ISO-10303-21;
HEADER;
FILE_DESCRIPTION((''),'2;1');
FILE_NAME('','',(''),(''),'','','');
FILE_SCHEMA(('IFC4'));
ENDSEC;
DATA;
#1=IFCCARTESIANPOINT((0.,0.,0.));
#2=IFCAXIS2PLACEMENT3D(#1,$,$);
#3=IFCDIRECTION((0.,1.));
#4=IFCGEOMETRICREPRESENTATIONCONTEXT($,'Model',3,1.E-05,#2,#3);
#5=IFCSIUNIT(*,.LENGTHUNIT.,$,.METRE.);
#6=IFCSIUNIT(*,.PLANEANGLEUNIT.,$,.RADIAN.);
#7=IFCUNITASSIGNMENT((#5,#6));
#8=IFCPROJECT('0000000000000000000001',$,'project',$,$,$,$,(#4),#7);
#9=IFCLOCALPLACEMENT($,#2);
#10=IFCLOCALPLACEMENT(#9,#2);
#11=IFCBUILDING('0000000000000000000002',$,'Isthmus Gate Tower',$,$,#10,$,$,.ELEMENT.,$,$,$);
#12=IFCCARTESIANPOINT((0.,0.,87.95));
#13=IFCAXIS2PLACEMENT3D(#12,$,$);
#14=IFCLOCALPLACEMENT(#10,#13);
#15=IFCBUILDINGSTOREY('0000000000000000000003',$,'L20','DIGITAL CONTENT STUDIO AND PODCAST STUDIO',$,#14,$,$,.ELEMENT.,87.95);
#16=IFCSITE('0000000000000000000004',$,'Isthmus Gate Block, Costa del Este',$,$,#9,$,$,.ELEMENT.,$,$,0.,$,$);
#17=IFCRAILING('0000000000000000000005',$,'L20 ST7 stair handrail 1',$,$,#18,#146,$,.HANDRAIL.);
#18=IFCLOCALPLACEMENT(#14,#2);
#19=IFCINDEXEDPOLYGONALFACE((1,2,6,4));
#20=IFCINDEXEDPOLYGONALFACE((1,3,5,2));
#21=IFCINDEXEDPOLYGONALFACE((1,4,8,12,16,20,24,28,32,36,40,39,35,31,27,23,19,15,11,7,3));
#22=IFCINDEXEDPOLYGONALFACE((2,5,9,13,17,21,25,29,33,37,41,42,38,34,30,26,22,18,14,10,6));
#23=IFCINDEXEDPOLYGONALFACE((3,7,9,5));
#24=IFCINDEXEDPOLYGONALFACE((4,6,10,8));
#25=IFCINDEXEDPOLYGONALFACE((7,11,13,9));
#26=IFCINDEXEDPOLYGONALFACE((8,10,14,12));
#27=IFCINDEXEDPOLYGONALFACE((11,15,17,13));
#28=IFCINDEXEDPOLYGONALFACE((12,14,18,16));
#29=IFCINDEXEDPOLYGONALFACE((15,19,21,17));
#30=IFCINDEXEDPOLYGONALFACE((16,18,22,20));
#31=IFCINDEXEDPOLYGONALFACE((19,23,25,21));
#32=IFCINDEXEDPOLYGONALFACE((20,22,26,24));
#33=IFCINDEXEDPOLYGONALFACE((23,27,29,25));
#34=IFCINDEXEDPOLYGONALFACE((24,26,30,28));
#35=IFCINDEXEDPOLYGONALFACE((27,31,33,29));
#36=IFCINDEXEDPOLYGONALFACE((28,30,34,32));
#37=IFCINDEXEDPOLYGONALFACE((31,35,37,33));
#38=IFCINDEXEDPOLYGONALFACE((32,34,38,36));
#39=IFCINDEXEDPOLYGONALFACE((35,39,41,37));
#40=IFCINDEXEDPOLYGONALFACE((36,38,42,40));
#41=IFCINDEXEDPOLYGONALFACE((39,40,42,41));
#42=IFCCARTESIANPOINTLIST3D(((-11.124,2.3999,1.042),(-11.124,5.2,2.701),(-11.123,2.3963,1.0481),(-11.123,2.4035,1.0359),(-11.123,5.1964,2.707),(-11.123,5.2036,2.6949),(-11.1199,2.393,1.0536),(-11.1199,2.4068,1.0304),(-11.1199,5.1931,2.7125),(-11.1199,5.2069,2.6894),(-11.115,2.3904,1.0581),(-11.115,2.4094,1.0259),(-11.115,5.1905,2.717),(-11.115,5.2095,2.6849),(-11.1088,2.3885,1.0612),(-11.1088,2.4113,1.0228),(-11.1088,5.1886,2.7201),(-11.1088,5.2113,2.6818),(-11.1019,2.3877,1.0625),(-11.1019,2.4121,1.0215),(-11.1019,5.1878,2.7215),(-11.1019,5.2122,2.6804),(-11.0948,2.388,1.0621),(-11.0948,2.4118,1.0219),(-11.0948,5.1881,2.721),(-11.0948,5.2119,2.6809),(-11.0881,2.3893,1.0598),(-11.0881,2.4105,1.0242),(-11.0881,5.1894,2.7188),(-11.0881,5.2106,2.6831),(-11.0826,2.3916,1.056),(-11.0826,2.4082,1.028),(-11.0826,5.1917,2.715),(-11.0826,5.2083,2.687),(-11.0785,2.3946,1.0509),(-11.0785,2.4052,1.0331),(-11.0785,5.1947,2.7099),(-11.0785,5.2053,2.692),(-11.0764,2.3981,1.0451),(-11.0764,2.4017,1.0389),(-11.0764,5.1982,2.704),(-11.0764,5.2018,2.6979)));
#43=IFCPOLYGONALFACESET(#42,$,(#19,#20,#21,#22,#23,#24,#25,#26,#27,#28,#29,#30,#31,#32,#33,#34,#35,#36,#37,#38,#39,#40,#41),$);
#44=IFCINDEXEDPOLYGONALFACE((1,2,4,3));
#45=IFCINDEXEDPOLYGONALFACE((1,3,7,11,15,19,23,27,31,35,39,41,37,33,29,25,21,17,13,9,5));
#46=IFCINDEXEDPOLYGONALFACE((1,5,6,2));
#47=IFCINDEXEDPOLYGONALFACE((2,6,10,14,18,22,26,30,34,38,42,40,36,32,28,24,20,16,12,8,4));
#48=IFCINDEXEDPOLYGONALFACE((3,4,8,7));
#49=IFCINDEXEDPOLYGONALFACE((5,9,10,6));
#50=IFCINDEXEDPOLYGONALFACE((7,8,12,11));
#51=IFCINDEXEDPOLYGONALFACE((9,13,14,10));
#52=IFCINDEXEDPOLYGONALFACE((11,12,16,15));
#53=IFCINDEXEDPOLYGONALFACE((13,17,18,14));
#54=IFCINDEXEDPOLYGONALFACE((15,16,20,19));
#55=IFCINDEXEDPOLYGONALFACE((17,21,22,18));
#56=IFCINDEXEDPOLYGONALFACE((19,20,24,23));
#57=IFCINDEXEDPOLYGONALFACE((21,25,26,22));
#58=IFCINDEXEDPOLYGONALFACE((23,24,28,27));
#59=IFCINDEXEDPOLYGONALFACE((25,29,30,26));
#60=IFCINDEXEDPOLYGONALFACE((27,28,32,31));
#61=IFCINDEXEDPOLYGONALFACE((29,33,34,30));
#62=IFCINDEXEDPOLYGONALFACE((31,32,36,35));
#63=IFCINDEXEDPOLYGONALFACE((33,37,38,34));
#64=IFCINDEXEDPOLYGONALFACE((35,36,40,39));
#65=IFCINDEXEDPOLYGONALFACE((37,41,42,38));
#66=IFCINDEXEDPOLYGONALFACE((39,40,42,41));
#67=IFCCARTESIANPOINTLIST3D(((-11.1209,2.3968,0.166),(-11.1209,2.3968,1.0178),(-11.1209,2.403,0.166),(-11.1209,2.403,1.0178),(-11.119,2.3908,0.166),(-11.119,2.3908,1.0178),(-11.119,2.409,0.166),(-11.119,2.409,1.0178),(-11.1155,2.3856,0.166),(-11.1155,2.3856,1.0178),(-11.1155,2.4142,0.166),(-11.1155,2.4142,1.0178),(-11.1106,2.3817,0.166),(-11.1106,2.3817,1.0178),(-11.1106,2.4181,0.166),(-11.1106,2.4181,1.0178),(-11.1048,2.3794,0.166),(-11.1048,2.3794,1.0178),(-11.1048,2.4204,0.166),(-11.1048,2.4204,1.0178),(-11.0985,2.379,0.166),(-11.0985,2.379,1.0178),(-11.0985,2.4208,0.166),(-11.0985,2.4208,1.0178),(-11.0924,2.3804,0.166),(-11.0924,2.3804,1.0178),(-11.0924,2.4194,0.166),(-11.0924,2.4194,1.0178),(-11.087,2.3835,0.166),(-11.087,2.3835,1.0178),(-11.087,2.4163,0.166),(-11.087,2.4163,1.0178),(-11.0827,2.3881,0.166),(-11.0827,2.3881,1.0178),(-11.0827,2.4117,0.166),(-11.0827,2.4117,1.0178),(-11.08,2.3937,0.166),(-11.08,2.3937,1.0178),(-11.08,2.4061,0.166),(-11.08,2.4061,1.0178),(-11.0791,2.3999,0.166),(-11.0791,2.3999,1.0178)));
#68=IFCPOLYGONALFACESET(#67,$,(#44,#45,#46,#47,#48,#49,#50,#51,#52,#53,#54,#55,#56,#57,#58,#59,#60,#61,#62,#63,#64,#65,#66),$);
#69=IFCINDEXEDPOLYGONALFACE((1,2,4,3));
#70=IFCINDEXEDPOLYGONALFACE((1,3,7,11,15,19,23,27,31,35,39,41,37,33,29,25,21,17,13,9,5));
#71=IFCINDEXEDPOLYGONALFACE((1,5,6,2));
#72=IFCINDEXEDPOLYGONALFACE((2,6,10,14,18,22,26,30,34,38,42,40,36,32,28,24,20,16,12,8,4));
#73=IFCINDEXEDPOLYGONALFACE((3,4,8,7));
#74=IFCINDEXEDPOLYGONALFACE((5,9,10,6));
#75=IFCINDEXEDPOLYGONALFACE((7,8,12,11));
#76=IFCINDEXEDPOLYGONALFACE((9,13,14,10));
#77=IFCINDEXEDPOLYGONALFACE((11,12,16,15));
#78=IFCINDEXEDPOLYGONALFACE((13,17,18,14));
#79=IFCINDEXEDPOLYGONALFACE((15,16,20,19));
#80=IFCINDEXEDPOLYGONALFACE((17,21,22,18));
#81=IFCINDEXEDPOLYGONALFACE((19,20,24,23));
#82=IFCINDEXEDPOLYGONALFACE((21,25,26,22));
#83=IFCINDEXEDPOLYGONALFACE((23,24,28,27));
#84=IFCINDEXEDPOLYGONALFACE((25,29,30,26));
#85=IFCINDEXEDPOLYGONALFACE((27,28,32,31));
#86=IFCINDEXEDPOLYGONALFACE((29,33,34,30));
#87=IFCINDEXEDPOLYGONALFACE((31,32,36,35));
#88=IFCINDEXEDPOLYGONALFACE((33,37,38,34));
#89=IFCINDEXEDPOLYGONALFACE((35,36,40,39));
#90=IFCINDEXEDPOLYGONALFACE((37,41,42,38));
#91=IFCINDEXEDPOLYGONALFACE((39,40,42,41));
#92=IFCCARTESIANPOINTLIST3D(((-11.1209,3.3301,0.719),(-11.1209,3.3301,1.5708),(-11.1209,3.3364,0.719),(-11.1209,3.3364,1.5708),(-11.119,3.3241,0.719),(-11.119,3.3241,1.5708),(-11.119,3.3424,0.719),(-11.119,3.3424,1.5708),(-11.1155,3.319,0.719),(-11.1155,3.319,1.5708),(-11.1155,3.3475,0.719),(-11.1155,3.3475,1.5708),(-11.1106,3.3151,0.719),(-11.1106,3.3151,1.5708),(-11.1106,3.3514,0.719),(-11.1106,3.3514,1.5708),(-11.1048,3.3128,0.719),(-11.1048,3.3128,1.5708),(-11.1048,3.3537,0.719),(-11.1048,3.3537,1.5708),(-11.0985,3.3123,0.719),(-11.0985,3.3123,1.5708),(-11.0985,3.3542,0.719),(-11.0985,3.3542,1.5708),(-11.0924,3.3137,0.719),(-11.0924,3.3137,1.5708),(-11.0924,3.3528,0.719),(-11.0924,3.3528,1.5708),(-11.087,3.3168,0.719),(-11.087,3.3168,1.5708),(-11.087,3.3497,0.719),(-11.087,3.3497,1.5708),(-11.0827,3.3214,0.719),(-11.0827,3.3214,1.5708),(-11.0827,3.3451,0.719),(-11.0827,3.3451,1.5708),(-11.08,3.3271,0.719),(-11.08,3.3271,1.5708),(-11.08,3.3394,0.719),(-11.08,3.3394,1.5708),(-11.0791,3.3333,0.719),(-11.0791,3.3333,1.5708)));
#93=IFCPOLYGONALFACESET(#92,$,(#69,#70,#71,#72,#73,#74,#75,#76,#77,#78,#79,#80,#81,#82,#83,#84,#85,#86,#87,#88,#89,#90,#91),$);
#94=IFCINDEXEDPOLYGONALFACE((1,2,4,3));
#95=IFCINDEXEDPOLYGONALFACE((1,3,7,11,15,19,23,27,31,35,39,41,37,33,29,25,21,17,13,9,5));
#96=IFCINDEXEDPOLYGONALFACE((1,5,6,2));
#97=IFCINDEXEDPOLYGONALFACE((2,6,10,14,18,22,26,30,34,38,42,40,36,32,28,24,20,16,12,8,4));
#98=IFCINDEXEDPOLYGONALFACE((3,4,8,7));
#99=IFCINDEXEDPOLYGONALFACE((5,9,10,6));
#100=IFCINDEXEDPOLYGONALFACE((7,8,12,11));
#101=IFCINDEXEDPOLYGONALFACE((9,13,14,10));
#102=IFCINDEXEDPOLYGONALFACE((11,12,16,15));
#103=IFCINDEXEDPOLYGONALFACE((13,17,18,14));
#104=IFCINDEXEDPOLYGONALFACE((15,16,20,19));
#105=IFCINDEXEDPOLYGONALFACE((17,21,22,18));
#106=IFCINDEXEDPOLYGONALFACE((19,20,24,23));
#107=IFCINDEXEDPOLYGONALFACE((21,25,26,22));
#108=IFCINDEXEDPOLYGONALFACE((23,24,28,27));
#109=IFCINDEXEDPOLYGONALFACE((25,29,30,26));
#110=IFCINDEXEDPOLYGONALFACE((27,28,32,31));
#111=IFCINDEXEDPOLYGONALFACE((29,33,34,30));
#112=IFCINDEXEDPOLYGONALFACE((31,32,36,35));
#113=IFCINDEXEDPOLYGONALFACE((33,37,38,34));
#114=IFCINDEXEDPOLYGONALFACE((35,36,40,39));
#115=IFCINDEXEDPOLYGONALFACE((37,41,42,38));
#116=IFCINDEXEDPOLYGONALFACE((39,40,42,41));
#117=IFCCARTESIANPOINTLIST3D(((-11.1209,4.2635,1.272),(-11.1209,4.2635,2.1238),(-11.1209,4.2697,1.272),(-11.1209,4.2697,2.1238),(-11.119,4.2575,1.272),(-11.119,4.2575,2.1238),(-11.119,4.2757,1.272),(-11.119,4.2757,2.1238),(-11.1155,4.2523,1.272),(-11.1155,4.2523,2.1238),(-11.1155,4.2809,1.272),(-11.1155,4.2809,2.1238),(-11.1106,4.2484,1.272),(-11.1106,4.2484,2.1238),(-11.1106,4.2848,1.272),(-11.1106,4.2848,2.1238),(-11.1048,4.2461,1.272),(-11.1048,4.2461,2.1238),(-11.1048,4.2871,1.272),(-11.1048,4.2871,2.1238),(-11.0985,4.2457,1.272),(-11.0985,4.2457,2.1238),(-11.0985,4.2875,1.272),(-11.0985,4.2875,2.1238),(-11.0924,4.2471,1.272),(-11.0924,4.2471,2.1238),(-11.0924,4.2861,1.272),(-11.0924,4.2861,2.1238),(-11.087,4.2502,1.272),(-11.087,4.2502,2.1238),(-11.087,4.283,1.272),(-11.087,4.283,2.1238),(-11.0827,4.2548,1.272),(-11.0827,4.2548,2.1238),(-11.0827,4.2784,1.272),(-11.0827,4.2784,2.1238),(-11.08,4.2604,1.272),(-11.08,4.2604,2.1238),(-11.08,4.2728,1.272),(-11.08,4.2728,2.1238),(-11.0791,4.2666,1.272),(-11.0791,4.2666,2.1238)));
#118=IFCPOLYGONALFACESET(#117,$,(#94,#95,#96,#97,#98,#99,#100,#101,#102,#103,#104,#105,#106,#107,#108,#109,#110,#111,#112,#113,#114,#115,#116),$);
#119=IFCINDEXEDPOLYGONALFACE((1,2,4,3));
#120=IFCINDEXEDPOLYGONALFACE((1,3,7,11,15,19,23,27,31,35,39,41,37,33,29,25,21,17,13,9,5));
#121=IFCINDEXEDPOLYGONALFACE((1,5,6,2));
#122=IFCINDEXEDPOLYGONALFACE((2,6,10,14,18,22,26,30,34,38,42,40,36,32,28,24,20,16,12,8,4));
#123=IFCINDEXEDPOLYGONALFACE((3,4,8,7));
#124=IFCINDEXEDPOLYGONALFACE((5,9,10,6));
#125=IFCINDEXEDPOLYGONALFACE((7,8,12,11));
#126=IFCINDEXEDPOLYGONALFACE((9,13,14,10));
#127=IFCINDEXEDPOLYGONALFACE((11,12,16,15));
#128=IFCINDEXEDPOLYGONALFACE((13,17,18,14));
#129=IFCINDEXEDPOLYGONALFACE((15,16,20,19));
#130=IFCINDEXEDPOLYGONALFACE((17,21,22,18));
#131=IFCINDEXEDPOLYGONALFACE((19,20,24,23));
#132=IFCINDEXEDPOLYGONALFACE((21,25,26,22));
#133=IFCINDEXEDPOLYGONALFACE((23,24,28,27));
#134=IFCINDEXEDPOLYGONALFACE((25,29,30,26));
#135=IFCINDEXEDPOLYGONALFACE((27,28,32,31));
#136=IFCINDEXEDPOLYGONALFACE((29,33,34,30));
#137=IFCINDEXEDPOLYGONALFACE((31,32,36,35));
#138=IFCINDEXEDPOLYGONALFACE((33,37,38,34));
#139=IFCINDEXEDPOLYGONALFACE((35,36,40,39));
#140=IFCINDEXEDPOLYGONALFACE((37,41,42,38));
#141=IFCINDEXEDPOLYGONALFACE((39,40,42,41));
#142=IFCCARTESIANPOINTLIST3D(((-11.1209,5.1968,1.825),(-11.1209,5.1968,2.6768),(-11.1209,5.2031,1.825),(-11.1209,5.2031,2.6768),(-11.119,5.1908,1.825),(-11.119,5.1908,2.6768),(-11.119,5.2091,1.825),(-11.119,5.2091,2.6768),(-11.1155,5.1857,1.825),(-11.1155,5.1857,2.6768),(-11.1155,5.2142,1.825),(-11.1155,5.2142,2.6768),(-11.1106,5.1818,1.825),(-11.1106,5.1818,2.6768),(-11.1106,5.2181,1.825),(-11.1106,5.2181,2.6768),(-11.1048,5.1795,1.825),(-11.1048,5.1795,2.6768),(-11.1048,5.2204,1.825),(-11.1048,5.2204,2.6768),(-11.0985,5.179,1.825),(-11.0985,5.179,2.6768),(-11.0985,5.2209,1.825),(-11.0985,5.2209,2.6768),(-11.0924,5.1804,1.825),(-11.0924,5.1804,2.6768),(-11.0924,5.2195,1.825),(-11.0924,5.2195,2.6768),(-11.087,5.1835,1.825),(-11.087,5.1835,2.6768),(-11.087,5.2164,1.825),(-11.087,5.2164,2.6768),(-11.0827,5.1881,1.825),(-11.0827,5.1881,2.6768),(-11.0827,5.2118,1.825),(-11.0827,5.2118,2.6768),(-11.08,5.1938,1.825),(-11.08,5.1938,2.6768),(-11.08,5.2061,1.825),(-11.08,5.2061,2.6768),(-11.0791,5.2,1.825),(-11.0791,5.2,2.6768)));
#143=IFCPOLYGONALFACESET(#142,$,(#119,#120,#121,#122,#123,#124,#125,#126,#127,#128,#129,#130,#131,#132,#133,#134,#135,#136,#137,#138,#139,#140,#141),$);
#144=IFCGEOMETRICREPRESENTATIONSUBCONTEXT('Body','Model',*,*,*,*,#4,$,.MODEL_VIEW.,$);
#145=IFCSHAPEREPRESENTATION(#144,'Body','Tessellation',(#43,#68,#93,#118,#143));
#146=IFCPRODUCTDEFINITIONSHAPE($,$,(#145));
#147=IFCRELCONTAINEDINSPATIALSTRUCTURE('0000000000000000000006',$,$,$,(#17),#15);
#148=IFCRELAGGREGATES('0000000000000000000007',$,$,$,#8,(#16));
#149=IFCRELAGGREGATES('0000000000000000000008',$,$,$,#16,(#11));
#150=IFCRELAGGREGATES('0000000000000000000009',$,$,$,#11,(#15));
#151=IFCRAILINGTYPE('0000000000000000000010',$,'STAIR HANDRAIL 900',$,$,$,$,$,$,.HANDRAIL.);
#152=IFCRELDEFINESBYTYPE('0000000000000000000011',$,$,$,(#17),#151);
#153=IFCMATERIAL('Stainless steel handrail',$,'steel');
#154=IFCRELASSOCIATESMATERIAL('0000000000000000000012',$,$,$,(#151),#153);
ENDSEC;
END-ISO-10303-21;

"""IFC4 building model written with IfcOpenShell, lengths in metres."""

from ifc_helpers import new_model, si_unit, direction, frame, origin, origin_2d, place, context, subcontext, project, spatial, circle, extrude, material, type_object, element, save


model = new_model("IFC4")

# Units and contexts
model_context = context("Model", 3, precision=1e-05, world=origin(), true_north=direction((0.0, 1.0)))
body_context = subcontext(model_context, "Body", "Model", "MODEL_VIEW")
ifc_project = project(units=[si_unit("LENGTHUNIT", "METRE"), si_unit("PLANEANGLEUNIT", "RADIAN")], contexts=[model_context])

# Site, building, storey
site_placement = place(None, origin())
site = spatial("IfcSite", under=ifc_project, at=site_placement, Name="Isthmus Gate Block, Costa del Este", CompositionType="ELEMENT", RefElevation=0.0)
building_placement = place(site_placement, origin())
building = spatial("IfcBuilding", under=site, at=building_placement, Name="Isthmus Gate Tower", CompositionType="ELEMENT")
storey_placement = place(building_placement, frame((0.0, 0.0, 87.95)))
storey = spatial("IfcBuildingStorey", under=building, at=storey_placement, Name="L20", Description="DIGITAL CONTENT STUDIO AND PODCAST STUDIO", CompositionType="ELEMENT", Elevation=87.95)

# Railing
ifc_material_1 = material(Name="Stainless steel handrail", Category="steel")
railing_type_1 = type_object("IfcRailingType", Name="STAIR HANDRAIL 900", PredefinedType="HANDRAIL", material=ifc_material_1)
railing_1_placement = place(storey_placement, frame((-11.1001, 2.3999, 0.166)))
element("IfcRailing", 1, at=railing_1_placement, inside=storey, type_object=railing_type_1, Name="L20 ST7 stair handrail 1", PredefinedType="HANDRAIL", context=body_context, shape_type="SweptSolid", body=[
    extrude(circle(Radius=0.0239, at=origin_2d()), frame((0.0, 0.0, 0.876), z_axis=(0.0, 0.860339, 0.509722), x_axis=(-1.0, 0.0, 0.0)), (0.0, 0.0, 1.0), 3.2546),
    extrude(circle(Radius=0.021, at=origin_2d()), origin(), (0.0, 0.0, 1.0), 0.8518),
    extrude(circle(Radius=0.021, at=origin_2d()), frame((0.0, 0.9333, 0.553)), (0.0, 0.0, 1.0), 0.8518),
    extrude(circle(Radius=0.021, at=origin_2d()), frame((0.0, 1.8667, 1.106)), (0.0, 0.0, 1.0), 0.8518),
    extrude(circle(Radius=0.021, at=origin_2d()), frame((0.0, 2.8, 1.6589)), (0.0, 0.0, 1.0), 0.8518),
])

save(model, "model.ifc")
